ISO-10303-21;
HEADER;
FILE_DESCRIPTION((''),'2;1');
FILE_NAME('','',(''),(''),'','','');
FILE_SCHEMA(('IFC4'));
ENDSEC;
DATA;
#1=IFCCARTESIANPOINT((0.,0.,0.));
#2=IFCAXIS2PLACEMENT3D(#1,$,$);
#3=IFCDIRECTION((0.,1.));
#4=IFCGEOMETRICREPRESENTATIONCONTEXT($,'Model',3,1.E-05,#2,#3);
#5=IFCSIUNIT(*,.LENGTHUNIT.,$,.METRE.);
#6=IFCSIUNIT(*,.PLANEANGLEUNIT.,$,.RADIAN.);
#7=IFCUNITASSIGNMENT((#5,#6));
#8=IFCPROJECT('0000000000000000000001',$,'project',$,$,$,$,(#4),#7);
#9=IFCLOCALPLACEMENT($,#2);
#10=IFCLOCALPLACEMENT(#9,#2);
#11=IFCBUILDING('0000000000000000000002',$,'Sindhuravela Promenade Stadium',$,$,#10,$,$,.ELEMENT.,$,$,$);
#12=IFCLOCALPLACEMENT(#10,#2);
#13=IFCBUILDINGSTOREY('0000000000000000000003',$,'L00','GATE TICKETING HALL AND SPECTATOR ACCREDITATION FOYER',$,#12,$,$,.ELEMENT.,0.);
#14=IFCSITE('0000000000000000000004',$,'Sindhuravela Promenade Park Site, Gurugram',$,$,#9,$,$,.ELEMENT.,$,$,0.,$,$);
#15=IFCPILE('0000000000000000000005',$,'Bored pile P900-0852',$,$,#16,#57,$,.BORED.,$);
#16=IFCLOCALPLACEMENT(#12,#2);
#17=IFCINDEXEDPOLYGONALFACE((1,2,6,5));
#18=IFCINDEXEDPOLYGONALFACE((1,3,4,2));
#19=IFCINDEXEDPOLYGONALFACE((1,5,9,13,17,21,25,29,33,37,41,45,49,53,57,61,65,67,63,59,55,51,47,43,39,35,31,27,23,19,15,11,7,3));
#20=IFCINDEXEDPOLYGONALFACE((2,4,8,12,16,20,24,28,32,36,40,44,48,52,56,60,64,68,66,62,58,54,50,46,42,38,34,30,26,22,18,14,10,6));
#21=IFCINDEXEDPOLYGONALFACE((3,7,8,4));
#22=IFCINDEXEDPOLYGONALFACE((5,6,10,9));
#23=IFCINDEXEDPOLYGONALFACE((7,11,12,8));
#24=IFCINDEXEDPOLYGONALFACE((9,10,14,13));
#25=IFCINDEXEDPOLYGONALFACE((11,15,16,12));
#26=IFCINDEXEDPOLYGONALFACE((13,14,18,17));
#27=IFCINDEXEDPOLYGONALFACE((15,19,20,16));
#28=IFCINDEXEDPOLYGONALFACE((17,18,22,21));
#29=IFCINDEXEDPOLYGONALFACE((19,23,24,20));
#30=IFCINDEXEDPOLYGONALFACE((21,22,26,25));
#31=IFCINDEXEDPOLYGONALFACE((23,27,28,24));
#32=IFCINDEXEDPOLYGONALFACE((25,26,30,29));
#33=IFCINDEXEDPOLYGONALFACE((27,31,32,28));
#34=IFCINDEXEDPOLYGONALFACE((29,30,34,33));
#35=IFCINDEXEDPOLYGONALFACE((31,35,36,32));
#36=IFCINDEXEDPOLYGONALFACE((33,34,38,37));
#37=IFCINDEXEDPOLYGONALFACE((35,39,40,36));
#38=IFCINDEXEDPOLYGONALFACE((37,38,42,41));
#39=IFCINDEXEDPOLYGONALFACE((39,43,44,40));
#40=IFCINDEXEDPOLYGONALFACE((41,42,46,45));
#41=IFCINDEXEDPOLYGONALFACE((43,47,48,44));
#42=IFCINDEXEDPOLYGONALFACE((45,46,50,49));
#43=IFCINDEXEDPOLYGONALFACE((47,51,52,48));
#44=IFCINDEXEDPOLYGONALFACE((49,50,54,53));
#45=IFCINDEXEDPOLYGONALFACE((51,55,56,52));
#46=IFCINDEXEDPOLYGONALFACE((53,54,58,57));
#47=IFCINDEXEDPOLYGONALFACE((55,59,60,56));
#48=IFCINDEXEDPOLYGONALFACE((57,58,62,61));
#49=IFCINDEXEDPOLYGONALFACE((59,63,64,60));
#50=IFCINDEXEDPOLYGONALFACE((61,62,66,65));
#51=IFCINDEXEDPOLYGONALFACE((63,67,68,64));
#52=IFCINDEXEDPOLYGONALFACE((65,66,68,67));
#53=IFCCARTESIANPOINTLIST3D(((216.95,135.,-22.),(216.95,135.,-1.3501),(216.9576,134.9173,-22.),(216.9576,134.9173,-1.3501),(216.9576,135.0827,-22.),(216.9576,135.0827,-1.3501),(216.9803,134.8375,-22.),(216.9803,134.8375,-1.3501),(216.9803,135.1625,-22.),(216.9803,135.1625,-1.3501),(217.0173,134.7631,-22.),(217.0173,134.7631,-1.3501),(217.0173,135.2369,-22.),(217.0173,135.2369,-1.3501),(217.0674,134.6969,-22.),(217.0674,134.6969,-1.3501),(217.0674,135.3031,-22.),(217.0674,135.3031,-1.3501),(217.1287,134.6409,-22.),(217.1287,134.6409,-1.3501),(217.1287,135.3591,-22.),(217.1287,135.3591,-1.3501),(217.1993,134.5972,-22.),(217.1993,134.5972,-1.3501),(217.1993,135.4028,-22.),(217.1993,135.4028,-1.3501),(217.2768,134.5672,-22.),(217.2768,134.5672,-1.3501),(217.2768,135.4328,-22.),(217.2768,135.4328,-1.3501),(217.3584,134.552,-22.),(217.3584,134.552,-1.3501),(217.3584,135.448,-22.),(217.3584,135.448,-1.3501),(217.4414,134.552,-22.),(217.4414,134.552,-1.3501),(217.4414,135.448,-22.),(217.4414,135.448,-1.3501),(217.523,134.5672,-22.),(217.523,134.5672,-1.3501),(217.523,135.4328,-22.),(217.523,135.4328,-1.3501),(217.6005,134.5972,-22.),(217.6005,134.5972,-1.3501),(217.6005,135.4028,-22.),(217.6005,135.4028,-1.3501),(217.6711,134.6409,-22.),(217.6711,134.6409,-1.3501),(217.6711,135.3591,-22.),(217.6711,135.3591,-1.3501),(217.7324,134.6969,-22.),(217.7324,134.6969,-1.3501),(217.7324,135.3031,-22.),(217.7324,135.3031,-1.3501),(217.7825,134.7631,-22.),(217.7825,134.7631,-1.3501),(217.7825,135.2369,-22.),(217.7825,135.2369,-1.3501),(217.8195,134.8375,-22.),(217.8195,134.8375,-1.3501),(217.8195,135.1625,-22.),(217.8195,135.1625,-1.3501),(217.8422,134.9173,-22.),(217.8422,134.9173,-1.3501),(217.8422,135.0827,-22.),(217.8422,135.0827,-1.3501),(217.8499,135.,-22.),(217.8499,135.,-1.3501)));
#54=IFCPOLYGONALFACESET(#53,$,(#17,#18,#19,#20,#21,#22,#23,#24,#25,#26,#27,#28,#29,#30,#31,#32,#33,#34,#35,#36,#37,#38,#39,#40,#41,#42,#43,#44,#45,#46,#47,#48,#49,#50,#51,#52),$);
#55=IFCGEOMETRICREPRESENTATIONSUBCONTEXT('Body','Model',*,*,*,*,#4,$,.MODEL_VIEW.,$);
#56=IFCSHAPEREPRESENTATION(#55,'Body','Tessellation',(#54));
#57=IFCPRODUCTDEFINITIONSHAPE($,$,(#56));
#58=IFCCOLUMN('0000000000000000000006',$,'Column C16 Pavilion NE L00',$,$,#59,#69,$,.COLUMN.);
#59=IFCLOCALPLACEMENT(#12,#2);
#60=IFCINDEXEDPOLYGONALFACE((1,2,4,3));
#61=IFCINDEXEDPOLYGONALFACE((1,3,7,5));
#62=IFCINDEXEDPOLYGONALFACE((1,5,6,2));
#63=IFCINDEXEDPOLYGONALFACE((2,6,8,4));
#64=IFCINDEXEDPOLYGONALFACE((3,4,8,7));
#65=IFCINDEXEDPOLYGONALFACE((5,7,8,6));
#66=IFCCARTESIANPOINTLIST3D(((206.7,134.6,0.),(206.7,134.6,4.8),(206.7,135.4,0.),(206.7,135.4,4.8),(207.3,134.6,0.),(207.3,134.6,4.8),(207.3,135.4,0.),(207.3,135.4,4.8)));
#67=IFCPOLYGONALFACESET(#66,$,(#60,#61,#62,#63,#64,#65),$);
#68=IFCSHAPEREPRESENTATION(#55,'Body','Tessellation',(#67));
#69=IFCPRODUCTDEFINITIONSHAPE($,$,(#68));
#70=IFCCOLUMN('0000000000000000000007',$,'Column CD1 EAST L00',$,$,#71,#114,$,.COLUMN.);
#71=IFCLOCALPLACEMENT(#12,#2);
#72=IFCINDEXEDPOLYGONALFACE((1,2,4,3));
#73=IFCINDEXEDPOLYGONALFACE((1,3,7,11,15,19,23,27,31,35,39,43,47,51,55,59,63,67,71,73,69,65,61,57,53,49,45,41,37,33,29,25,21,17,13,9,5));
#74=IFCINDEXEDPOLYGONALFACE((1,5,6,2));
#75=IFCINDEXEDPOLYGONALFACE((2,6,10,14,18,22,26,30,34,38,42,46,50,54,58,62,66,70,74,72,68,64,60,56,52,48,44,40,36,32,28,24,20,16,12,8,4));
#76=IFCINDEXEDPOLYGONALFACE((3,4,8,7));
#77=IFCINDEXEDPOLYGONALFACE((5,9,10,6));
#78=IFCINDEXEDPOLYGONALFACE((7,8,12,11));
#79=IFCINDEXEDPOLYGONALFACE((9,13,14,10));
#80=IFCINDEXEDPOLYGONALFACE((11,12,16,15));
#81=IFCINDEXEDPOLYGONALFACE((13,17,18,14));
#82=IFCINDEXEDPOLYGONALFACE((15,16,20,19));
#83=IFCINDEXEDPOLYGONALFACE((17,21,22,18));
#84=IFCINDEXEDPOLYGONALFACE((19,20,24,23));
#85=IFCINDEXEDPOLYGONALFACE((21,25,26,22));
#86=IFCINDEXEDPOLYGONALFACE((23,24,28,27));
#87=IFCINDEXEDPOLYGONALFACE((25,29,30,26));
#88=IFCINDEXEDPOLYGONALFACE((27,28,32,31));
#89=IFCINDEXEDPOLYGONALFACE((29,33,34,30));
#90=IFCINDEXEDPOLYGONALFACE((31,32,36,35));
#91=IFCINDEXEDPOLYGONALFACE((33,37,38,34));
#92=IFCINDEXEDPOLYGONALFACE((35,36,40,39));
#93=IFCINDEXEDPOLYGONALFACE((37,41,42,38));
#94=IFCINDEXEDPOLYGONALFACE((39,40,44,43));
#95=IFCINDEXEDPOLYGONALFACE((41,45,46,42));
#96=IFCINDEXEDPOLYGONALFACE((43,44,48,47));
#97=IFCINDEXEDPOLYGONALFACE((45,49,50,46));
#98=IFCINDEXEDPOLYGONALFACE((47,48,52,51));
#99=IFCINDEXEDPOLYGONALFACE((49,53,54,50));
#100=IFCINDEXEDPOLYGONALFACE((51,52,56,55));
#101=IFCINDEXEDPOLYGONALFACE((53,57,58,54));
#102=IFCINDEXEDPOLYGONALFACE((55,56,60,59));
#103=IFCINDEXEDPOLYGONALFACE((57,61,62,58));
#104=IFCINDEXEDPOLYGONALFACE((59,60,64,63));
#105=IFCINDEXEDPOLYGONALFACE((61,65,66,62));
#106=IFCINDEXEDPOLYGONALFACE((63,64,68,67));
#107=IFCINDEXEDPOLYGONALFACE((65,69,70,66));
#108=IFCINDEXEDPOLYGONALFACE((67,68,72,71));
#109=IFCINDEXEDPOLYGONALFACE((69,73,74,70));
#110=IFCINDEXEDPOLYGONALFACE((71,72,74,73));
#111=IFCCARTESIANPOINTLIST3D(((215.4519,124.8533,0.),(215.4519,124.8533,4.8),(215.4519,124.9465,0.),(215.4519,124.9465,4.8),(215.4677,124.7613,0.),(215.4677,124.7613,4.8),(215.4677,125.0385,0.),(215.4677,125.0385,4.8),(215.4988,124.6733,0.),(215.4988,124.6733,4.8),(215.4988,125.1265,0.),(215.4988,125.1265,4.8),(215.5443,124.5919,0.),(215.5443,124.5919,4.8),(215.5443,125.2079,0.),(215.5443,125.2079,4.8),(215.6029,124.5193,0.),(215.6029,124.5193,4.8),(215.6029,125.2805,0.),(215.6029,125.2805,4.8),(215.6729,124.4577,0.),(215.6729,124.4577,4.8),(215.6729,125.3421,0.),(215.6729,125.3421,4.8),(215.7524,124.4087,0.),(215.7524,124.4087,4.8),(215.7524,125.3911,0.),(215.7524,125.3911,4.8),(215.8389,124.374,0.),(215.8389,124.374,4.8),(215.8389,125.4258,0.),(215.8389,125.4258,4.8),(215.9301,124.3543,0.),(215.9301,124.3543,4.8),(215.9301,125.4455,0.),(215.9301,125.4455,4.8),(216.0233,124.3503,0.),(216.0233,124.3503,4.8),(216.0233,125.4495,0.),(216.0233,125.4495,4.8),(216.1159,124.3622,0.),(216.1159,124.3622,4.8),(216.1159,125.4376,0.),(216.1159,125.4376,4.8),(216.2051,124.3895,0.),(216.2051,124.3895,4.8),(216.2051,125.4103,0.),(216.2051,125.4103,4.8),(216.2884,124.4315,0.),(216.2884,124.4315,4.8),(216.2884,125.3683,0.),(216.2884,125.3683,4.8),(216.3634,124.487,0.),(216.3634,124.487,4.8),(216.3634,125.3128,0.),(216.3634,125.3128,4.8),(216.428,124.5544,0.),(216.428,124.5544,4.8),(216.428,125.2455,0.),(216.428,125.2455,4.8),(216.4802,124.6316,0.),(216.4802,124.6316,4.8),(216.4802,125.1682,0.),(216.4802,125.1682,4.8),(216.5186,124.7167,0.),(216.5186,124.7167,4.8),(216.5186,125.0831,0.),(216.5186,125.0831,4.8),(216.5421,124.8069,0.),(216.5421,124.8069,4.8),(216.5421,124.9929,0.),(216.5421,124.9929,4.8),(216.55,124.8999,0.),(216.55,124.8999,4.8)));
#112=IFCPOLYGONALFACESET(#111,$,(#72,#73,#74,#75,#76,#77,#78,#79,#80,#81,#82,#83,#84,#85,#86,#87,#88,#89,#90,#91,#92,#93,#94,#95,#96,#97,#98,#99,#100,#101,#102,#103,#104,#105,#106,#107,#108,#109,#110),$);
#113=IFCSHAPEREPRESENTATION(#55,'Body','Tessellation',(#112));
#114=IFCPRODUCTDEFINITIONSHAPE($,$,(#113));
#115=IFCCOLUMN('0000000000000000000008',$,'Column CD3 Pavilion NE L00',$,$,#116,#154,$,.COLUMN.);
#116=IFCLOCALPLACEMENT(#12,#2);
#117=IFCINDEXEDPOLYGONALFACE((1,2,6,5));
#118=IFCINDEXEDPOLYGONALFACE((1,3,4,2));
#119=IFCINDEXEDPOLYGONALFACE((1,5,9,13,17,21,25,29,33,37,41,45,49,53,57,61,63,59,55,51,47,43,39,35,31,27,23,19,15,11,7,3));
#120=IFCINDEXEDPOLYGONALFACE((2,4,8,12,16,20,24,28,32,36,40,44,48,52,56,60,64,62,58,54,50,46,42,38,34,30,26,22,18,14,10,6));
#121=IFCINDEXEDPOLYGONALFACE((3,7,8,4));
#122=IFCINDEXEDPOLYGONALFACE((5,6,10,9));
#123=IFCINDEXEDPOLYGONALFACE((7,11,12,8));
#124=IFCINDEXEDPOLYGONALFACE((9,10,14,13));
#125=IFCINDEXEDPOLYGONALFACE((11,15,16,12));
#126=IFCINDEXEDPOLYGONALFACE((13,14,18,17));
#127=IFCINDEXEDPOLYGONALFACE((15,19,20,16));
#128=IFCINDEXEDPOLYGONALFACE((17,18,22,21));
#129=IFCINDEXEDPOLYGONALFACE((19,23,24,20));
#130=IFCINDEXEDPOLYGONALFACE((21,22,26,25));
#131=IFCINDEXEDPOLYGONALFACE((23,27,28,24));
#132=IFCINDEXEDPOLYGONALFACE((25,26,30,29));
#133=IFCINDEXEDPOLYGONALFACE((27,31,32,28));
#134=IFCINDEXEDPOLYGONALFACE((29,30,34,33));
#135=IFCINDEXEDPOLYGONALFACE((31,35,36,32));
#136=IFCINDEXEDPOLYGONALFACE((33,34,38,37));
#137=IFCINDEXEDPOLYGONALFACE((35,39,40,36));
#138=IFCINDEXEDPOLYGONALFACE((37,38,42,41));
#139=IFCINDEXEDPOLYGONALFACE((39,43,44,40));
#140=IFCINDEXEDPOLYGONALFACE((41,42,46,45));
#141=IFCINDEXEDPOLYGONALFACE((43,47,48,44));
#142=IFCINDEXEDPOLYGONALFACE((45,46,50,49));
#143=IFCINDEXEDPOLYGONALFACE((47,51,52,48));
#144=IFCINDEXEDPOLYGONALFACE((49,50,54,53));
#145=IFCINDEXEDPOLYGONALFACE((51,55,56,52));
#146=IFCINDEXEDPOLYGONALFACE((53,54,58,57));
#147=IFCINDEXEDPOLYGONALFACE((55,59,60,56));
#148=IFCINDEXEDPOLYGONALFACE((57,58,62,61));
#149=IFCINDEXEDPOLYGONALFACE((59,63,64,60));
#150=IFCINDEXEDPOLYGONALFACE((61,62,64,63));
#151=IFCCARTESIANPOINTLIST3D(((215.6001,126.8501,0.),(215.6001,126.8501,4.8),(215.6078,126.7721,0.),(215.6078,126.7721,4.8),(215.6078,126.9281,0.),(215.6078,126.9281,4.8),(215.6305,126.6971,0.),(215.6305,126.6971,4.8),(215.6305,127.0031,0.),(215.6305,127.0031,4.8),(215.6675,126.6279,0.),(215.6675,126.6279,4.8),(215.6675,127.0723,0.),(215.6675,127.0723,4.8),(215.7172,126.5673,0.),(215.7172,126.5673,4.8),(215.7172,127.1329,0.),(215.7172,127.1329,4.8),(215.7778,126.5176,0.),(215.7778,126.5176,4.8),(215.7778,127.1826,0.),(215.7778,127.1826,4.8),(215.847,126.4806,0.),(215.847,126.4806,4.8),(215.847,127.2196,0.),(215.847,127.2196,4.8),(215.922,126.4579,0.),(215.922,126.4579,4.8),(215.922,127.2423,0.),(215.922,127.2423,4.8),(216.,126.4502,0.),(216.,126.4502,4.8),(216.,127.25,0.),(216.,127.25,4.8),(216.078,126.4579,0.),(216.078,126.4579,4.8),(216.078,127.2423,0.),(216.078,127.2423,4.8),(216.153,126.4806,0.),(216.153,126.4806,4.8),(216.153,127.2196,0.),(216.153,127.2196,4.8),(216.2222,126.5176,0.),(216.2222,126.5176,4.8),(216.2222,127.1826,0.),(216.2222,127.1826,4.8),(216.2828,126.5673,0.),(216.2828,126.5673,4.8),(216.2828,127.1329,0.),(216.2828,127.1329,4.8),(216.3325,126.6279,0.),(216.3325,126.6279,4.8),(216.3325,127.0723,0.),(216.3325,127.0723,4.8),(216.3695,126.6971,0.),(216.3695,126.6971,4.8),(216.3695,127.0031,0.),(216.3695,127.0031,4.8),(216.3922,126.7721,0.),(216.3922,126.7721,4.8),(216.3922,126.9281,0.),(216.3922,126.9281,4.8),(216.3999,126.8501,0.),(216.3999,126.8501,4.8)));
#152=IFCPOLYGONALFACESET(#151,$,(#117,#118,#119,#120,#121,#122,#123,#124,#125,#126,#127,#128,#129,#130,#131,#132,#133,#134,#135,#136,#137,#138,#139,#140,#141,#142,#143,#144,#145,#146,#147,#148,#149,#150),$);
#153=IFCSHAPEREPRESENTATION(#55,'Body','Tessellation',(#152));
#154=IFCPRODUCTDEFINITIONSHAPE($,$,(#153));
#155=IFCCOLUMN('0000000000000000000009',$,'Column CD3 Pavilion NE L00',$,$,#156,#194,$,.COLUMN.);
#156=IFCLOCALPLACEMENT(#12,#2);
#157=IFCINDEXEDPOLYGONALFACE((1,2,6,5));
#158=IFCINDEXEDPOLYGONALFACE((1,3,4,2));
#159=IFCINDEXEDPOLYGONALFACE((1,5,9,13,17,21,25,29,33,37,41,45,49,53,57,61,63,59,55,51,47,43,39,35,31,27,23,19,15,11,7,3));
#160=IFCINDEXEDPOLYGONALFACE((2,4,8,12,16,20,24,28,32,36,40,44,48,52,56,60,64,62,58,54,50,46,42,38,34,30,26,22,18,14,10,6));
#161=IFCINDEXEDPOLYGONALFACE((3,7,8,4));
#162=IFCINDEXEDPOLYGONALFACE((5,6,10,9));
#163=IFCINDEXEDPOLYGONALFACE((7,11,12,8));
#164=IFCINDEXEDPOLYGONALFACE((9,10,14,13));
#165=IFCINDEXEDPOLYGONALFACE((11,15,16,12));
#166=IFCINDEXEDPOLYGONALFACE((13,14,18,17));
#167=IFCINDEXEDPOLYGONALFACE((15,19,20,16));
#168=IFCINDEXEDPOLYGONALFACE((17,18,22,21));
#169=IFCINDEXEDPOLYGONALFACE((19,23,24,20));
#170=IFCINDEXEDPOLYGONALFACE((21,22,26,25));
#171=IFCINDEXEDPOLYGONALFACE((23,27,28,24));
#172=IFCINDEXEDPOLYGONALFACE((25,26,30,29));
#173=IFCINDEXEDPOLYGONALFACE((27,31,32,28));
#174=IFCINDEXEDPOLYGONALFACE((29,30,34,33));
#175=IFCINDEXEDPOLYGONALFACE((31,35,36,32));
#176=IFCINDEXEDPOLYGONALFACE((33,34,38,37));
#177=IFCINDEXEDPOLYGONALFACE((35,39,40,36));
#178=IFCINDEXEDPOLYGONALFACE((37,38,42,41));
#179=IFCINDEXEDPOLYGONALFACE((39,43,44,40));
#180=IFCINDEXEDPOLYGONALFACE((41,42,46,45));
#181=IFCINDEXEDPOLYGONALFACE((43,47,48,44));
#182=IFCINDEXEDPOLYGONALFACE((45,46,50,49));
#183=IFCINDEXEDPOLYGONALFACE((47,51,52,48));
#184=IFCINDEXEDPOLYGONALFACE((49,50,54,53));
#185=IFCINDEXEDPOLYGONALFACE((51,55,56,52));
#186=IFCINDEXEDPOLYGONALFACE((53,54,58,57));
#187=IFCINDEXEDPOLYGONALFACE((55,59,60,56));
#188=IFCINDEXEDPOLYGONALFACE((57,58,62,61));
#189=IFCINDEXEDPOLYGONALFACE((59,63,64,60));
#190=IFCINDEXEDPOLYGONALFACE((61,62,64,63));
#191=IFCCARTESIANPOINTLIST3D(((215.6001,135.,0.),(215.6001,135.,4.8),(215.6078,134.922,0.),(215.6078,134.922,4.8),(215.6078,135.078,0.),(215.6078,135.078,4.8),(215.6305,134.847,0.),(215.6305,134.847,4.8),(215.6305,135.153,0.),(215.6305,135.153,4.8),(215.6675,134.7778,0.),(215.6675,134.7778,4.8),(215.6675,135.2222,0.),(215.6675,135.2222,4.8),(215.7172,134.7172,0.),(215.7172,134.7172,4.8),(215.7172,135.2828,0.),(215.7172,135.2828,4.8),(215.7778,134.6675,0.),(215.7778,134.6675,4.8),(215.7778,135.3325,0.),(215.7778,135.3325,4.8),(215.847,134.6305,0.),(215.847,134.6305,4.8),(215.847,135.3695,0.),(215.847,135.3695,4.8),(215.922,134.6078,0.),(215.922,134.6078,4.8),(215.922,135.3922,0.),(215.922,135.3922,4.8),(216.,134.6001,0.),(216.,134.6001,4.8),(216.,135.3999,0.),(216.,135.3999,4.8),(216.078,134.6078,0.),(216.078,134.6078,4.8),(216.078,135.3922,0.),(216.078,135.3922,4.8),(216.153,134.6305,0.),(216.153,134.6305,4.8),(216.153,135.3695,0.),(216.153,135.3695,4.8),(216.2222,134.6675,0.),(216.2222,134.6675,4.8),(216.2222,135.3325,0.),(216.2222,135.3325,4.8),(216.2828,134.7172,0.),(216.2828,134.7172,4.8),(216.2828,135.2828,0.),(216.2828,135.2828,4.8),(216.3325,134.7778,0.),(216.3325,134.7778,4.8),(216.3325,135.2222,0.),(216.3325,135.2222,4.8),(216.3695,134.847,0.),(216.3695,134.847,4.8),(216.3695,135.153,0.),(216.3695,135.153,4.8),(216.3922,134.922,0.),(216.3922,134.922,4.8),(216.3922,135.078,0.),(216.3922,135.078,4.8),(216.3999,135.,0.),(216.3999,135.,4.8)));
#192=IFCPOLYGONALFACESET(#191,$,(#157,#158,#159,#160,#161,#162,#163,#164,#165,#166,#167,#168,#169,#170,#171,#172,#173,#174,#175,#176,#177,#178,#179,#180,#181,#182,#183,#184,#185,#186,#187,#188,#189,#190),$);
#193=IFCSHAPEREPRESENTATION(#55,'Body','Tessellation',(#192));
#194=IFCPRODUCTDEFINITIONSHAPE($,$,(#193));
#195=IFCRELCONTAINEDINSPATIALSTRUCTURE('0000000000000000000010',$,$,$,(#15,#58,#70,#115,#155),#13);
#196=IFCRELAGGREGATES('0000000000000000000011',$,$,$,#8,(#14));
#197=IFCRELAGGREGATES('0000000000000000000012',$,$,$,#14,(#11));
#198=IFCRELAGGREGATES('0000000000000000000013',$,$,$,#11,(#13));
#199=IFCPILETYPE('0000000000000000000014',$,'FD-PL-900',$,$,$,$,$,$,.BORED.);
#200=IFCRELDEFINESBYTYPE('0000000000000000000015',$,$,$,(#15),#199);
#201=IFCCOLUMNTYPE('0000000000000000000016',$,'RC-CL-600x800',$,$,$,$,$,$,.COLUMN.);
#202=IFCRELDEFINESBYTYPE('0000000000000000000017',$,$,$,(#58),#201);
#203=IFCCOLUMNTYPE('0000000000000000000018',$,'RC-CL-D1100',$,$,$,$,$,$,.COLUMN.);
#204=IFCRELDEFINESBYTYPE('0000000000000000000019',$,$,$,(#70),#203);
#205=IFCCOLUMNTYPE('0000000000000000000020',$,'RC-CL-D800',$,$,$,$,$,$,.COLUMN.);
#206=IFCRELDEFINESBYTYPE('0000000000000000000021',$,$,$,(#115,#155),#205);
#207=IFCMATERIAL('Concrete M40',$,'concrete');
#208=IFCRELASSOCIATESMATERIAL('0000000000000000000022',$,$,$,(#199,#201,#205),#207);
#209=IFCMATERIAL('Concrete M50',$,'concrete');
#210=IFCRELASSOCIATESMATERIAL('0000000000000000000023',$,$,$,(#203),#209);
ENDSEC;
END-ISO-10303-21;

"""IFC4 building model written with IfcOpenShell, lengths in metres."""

from ifc_helpers import new_model, si_unit, direction, frame, origin, origin_2d, place, context, subcontext, project, spatial, rectangle, circle, extrude, material, material_profile, profile_set, type_object, element, save


model = new_model("IFC4")

# Units and contexts
model_context = context("Model", 3, precision=1e-05, world=origin(), true_north=direction((0.0, 1.0)))
body_context = subcontext(model_context, "Body", "Model", "MODEL_VIEW")
ifc_project = project(units=[si_unit("LENGTHUNIT", "METRE"), si_unit("PLANEANGLEUNIT", "RADIAN")], contexts=[model_context])

# Site, building, storey
site_placement = place(None, origin())
site = spatial("IfcSite", under=ifc_project, at=site_placement, Name="Sindhuravela Promenade Park Site, Gurugram", CompositionType="ELEMENT", RefElevation=0.0)
building_placement = place(site_placement, origin())
building = spatial("IfcBuilding", under=site, at=building_placement, Name="Sindhuravela Promenade Stadium", CompositionType="ELEMENT")
storey_placement = place(building_placement, origin())
storey = spatial("IfcBuildingStorey", under=building, at=storey_placement, Name="L00", Description="GATE TICKETING HALL AND SPECTATOR ACCREDITATION FOYER", CompositionType="ELEMENT", Elevation=0.0)

# Shared definitions
ifc_material_1 = material(Name="Concrete M50", Category="concrete")

# Pile
ifc_material_2 = material(Name="Concrete M40", Category="concrete")
ifc_material_profile_1 = material_profile(ifc_material_2, circle(Radius=0.45, at=origin_2d()), Name="BORED PILE D900")
ifc_profile_set_1 = profile_set([ifc_material_profile_1], Name="Concrete M40")
pile_type_1 = type_object("IfcPileType", Name="FD-PL-900", PredefinedType="BORED", material=ifc_profile_set_1)
for number, where, z_axis, x_axis, name in (
    (1, (217.3999, 135.0, -1.3501), (0.0, 0.0, -1.0), (1.0, 0.0, 0.0), "Bored pile P900-0852"),
):
    element("IfcPile", number, at=place(storey_placement, frame(where, z_axis=z_axis, x_axis=x_axis)), inside=storey, type_object=pile_type_1, Name=name, PredefinedType="BORED", context=body_context, shape_type="SweptSolid", body=[
        extrude(circle(Radius=0.45, at=origin_2d()), origin(), (0.0, 0.0, 1.0), 20.6499),
    ])

# Columns
ifc_material_profile_2 = material_profile(ifc_material_2, rectangle(XDim=0.6001, YDim=0.8, at=origin_2d()), Name="RC 600x800")
ifc_profile_set_2 = profile_set([ifc_material_profile_2], Name="Concrete M40")
column_type_1 = type_object("IfcColumnType", Name="RC-CL-600x800", PredefinedType="COLUMN", material=ifc_profile_set_2)
column_1_placement = place(storey_placement, frame((207.0, 135.0, 0.0), z_axis=(0.0, 0.0, 1.0), x_axis=(1.0, 0.0, 0.0)))
element("IfcColumn", 2, at=column_1_placement, inside=storey, type_object=column_type_1, Name="Column C16 Pavilion NE L00", PredefinedType="COLUMN", context=body_context, shape_type="SweptSolid", body=[
    extrude(rectangle(XDim=0.6001, YDim=0.8, at=origin_2d()), origin(), (0.0, 0.0, 1.0), 4.8),
])
ifc_material_profile_3 = material_profile(ifc_material_1, circle(Radius=0.55, at=origin_2d()), Name="RC D1100")
ifc_profile_set_3 = profile_set([ifc_material_profile_3], Name="Concrete M50")
column_type_2 = type_object("IfcColumnType", Name="RC-CL-D1100", PredefinedType="COLUMN", material=ifc_profile_set_3)
column_2_placement = place(storey_placement, frame((216.0, 124.8999, 0.0), z_axis=(0.0, 0.0, 1.0), x_axis=(1.0, 0.0, 0.0)))
element("IfcColumn", 3, at=column_2_placement, inside=storey, type_object=column_type_2, Name="Column CD1 EAST L00", PredefinedType="COLUMN", context=body_context, shape_type="SweptSolid", body=[
    extrude(circle(Radius=0.55, at=origin_2d()), origin(), (0.0, 0.0, 1.0), 4.8),
])
ifc_material_profile_4 = material_profile(ifc_material_2, circle(Radius=0.3999, at=origin_2d()), Name="RC D800")
ifc_profile_set_4 = profile_set([ifc_material_profile_4], Name="Concrete M40")
column_type_3 = type_object("IfcColumnType", Name="RC-CL-D800", PredefinedType="COLUMN", material=ifc_profile_set_4)
for number, where, z_axis, x_axis, name in (
    (4, (216.0, 126.8501, 0.0), (0.0, 0.0, 1.0), (1.0, 0.0, 0.0), "Column CD3 Pavilion NE L00"),
    (5, (216.0, 135.0, 0.0), (0.0, 0.0, 1.0), (1.0, 0.0, 0.0), "Column CD3 Pavilion NE L00"),
):
    element("IfcColumn", number, at=place(storey_placement, frame(where, z_axis=z_axis, x_axis=x_axis)), inside=storey, type_object=column_type_3, Name=name, PredefinedType="COLUMN", context=body_context, shape_type="SweptSolid", body=[
        extrude(circle(Radius=0.3999, at=origin_2d()), origin(), (0.0, 0.0, 1.0), 4.8),
    ])

save(model, "model.ifc")
